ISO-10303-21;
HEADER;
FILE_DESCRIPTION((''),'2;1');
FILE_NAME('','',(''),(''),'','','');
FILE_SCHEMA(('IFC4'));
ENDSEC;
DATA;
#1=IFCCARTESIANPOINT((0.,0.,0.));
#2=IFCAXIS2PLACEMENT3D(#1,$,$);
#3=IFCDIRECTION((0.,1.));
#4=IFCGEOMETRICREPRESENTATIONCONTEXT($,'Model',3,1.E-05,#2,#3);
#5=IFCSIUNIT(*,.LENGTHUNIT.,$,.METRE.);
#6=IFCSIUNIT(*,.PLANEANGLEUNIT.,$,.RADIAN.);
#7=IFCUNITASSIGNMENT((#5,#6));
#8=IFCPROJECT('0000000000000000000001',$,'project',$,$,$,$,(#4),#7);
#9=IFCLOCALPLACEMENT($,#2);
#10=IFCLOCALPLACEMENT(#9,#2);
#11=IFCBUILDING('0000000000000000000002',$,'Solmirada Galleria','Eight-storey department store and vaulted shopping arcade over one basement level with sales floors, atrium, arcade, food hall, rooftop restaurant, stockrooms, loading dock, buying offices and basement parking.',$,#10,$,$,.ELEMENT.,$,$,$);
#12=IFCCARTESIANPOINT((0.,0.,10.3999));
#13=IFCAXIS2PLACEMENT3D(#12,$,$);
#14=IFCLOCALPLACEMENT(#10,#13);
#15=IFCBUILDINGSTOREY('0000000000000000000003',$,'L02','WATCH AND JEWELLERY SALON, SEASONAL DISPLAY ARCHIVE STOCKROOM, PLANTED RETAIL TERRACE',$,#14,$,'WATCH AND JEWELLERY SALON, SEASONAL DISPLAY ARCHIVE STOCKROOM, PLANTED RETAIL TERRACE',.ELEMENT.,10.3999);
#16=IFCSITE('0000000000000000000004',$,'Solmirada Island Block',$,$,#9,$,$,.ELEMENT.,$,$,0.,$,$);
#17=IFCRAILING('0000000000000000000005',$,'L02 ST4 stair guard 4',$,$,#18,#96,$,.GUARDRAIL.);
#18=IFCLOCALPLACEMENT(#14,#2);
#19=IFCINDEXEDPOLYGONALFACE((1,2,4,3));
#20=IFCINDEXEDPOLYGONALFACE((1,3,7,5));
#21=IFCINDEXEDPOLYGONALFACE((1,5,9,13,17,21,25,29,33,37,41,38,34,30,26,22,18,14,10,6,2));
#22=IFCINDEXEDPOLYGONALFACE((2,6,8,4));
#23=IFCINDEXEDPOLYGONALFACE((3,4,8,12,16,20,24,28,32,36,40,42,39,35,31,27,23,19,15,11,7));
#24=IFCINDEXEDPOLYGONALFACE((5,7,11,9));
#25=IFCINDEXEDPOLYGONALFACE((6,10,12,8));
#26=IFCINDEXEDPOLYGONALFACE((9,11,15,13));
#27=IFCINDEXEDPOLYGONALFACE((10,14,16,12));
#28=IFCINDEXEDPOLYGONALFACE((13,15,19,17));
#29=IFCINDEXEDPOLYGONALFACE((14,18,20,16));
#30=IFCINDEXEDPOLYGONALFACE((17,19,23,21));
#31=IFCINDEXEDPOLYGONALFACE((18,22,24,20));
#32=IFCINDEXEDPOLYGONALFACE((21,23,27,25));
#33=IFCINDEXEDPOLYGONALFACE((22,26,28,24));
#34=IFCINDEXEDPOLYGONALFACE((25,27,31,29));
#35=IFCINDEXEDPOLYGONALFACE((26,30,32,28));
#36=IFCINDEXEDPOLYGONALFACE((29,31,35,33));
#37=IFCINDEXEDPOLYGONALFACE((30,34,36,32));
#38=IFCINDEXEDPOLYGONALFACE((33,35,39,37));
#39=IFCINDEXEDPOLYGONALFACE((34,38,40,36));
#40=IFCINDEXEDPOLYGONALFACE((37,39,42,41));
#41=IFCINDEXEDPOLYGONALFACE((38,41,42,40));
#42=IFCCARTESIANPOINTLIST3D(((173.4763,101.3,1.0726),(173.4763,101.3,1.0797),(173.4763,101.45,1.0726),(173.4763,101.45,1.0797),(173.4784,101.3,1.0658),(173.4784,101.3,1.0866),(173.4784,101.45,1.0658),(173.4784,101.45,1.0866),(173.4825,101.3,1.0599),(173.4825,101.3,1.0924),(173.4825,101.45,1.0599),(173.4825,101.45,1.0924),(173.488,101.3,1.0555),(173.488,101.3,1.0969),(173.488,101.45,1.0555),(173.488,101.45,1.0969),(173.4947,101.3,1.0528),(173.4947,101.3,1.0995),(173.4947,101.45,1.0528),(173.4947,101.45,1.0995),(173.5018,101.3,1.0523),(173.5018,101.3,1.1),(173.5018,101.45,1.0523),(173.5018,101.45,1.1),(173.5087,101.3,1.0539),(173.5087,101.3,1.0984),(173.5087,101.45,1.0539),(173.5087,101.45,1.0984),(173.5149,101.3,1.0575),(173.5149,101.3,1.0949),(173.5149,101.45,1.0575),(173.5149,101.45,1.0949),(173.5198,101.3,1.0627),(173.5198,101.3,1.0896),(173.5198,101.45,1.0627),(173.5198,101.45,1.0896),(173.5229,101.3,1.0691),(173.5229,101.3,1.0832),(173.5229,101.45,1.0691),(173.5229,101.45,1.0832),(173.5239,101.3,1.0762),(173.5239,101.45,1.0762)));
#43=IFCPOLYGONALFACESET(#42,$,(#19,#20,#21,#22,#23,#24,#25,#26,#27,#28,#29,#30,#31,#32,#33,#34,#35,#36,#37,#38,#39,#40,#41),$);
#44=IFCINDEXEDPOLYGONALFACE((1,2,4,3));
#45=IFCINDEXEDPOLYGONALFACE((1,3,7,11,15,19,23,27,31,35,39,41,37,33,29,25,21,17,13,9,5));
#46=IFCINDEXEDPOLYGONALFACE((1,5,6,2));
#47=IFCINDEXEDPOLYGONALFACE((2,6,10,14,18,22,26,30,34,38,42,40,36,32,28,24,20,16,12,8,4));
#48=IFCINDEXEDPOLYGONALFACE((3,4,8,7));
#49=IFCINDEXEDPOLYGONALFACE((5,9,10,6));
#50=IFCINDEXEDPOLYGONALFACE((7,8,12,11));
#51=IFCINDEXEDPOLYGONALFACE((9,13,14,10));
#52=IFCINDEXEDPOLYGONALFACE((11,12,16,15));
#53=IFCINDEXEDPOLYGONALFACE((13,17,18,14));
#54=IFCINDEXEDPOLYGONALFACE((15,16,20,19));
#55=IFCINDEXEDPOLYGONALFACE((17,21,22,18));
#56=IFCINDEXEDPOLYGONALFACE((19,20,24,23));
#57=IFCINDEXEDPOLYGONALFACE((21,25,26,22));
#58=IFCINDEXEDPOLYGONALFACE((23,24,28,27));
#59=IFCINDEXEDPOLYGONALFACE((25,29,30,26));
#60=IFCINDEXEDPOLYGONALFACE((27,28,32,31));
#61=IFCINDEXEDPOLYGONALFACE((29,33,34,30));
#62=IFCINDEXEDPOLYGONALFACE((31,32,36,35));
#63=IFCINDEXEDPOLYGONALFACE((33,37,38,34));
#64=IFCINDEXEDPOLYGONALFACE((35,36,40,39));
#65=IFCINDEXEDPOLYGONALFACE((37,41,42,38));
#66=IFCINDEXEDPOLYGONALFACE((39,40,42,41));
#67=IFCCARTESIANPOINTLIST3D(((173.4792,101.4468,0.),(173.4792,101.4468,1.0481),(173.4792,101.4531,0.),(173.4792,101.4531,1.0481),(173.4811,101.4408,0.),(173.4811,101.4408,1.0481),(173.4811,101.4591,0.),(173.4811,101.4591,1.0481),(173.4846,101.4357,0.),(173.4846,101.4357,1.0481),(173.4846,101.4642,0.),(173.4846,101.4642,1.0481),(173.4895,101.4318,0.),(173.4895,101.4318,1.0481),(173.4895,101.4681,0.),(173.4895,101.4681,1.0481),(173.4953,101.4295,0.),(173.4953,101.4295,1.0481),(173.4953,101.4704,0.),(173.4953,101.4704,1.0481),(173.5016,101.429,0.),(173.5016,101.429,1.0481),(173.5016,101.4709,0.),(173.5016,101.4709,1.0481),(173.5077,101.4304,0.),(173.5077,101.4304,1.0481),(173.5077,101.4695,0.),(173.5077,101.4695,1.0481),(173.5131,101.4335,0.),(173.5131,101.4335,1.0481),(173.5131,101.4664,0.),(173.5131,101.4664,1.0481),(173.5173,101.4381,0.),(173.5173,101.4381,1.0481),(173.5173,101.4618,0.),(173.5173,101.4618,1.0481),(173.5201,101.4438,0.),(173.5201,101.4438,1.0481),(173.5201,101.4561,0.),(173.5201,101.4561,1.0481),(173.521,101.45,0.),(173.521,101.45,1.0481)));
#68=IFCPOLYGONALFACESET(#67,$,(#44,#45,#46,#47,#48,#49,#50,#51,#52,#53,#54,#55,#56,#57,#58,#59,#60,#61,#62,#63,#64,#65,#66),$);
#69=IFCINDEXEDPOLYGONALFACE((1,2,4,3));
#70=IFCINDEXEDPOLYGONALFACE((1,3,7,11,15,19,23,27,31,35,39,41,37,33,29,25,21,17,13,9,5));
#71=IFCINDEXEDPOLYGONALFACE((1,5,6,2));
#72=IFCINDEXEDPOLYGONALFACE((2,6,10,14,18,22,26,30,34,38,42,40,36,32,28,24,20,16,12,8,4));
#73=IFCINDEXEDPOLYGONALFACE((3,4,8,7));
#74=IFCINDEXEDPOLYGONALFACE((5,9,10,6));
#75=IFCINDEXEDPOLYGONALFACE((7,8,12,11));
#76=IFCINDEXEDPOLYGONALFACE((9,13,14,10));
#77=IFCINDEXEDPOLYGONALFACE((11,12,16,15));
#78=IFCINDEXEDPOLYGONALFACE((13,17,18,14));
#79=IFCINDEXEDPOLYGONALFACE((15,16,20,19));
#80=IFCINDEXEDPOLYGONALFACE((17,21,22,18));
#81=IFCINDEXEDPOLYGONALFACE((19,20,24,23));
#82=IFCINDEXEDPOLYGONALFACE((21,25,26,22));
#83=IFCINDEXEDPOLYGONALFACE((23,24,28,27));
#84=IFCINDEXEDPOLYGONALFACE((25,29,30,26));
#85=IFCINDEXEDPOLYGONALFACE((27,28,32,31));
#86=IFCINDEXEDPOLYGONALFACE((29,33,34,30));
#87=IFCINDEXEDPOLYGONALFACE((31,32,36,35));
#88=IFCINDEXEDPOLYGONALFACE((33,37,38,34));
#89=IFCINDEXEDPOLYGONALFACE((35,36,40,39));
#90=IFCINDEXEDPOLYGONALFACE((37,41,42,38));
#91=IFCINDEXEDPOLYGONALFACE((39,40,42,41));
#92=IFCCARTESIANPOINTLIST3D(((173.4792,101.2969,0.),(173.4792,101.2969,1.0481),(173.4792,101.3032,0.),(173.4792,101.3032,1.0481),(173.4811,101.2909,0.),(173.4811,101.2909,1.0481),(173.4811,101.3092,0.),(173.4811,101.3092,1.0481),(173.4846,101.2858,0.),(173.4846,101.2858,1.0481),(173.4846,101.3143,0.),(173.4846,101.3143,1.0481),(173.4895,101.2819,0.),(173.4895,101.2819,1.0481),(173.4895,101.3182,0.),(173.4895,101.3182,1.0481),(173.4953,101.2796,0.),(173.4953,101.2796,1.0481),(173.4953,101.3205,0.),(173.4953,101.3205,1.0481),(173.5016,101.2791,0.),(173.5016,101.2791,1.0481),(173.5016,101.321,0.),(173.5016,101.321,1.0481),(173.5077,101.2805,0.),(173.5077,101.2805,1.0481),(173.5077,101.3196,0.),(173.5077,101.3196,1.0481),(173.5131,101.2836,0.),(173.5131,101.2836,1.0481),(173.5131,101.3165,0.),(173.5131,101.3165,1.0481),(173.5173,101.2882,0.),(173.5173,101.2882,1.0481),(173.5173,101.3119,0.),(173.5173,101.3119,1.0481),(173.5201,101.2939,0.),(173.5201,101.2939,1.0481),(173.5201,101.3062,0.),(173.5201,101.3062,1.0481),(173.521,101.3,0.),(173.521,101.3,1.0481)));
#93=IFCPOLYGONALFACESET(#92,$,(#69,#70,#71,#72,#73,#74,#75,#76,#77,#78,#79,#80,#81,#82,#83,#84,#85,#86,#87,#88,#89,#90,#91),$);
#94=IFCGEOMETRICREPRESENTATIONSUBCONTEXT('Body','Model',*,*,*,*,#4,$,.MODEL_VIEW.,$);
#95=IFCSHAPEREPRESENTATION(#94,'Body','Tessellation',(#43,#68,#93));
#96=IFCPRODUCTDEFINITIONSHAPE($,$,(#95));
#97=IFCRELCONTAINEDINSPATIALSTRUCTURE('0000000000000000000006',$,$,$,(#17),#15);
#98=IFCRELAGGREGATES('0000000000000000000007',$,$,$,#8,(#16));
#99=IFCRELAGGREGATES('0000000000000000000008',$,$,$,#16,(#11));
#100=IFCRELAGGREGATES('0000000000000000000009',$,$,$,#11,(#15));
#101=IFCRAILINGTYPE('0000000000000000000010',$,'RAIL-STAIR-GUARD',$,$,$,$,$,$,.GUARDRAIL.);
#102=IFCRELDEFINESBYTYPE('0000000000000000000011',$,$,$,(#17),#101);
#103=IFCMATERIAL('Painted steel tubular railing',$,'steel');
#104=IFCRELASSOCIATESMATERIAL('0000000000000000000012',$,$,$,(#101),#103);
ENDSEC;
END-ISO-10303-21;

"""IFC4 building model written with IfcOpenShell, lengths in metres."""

from ifc_helpers import new_model, si_unit, direction, frame, origin, origin_2d, place, context, subcontext, project, spatial, circle, extrude, material, type_object, element, save


model = new_model("IFC4")

# Units and contexts
model_context = context("Model", 3, precision=1e-05, world=origin(), true_north=direction((0.0, 1.0)))
body_context = subcontext(model_context, "Body", "Model", "MODEL_VIEW")
ifc_project = project(units=[si_unit("LENGTHUNIT", "METRE"), si_unit("PLANEANGLEUNIT", "RADIAN")], contexts=[model_context])

# Site, building, storey
site_placement = place(None, origin())
site = spatial("IfcSite", under=ifc_project, at=site_placement, Name="Solmirada Island Block", CompositionType="ELEMENT", RefElevation=0.0)
building_placement = place(site_placement, origin())
building = spatial("IfcBuilding", under=site, at=building_placement, Name="Solmirada Galleria", Description="Eight-storey department store and vaulted shopping arcade over one basement level with sales floors, atrium, arcade, food hall, rooftop restaurant, stockrooms, loading dock, buying offices and basement parking.", CompositionType="ELEMENT")
storey_placement = place(building_placement, frame((0.0, 0.0, 10.3999)))
storey = spatial("IfcBuildingStorey", under=building, at=storey_placement, Name="L02", Description="WATCH AND JEWELLERY SALON, SEASONAL DISPLAY ARCHIVE STOCKROOM, PLANTED RETAIL TERRACE", LongName="WATCH AND JEWELLERY SALON, SEASONAL DISPLAY ARCHIVE STOCKROOM, PLANTED RETAIL TERRACE", CompositionType="ELEMENT", Elevation=10.3999)

# Railing
ifc_material_1 = material(Name="Painted steel tubular railing", Category="steel")
railing_type_1 = type_object("IfcRailingType", Name="RAIL-STAIR-GUARD", PredefinedType="GUARDRAIL", material=ifc_material_1)
railing_1_placement = place(storey_placement, frame((173.5, 101.45, 0.0)))
element("IfcRailing", 1, at=railing_1_placement, inside=storey, type_object=railing_type_1, Name="L02 ST4 stair guard 4", PredefinedType="GUARDRAIL", context=body_context, shape_type="SweptSolid", body=[
    extrude(circle(Radius=0.0239, at=origin_2d()), frame((0.0, 0.0, 1.0762), z_axis=(0.0, -1.0, 0.0), x_axis=(1.0, 0.0, 0.0)), (0.0, 0.0, 1.0), 0.1499),
    extrude(circle(Radius=0.021, at=origin_2d()), origin(), (0.0, 0.0, 1.0), 1.0481),
    extrude(circle(Radius=0.021, at=origin_2d()), frame((0.0, -0.1499, 0.0)), (0.0, 0.0, 1.0), 1.0481),
])

save(model, "model.ifc")
